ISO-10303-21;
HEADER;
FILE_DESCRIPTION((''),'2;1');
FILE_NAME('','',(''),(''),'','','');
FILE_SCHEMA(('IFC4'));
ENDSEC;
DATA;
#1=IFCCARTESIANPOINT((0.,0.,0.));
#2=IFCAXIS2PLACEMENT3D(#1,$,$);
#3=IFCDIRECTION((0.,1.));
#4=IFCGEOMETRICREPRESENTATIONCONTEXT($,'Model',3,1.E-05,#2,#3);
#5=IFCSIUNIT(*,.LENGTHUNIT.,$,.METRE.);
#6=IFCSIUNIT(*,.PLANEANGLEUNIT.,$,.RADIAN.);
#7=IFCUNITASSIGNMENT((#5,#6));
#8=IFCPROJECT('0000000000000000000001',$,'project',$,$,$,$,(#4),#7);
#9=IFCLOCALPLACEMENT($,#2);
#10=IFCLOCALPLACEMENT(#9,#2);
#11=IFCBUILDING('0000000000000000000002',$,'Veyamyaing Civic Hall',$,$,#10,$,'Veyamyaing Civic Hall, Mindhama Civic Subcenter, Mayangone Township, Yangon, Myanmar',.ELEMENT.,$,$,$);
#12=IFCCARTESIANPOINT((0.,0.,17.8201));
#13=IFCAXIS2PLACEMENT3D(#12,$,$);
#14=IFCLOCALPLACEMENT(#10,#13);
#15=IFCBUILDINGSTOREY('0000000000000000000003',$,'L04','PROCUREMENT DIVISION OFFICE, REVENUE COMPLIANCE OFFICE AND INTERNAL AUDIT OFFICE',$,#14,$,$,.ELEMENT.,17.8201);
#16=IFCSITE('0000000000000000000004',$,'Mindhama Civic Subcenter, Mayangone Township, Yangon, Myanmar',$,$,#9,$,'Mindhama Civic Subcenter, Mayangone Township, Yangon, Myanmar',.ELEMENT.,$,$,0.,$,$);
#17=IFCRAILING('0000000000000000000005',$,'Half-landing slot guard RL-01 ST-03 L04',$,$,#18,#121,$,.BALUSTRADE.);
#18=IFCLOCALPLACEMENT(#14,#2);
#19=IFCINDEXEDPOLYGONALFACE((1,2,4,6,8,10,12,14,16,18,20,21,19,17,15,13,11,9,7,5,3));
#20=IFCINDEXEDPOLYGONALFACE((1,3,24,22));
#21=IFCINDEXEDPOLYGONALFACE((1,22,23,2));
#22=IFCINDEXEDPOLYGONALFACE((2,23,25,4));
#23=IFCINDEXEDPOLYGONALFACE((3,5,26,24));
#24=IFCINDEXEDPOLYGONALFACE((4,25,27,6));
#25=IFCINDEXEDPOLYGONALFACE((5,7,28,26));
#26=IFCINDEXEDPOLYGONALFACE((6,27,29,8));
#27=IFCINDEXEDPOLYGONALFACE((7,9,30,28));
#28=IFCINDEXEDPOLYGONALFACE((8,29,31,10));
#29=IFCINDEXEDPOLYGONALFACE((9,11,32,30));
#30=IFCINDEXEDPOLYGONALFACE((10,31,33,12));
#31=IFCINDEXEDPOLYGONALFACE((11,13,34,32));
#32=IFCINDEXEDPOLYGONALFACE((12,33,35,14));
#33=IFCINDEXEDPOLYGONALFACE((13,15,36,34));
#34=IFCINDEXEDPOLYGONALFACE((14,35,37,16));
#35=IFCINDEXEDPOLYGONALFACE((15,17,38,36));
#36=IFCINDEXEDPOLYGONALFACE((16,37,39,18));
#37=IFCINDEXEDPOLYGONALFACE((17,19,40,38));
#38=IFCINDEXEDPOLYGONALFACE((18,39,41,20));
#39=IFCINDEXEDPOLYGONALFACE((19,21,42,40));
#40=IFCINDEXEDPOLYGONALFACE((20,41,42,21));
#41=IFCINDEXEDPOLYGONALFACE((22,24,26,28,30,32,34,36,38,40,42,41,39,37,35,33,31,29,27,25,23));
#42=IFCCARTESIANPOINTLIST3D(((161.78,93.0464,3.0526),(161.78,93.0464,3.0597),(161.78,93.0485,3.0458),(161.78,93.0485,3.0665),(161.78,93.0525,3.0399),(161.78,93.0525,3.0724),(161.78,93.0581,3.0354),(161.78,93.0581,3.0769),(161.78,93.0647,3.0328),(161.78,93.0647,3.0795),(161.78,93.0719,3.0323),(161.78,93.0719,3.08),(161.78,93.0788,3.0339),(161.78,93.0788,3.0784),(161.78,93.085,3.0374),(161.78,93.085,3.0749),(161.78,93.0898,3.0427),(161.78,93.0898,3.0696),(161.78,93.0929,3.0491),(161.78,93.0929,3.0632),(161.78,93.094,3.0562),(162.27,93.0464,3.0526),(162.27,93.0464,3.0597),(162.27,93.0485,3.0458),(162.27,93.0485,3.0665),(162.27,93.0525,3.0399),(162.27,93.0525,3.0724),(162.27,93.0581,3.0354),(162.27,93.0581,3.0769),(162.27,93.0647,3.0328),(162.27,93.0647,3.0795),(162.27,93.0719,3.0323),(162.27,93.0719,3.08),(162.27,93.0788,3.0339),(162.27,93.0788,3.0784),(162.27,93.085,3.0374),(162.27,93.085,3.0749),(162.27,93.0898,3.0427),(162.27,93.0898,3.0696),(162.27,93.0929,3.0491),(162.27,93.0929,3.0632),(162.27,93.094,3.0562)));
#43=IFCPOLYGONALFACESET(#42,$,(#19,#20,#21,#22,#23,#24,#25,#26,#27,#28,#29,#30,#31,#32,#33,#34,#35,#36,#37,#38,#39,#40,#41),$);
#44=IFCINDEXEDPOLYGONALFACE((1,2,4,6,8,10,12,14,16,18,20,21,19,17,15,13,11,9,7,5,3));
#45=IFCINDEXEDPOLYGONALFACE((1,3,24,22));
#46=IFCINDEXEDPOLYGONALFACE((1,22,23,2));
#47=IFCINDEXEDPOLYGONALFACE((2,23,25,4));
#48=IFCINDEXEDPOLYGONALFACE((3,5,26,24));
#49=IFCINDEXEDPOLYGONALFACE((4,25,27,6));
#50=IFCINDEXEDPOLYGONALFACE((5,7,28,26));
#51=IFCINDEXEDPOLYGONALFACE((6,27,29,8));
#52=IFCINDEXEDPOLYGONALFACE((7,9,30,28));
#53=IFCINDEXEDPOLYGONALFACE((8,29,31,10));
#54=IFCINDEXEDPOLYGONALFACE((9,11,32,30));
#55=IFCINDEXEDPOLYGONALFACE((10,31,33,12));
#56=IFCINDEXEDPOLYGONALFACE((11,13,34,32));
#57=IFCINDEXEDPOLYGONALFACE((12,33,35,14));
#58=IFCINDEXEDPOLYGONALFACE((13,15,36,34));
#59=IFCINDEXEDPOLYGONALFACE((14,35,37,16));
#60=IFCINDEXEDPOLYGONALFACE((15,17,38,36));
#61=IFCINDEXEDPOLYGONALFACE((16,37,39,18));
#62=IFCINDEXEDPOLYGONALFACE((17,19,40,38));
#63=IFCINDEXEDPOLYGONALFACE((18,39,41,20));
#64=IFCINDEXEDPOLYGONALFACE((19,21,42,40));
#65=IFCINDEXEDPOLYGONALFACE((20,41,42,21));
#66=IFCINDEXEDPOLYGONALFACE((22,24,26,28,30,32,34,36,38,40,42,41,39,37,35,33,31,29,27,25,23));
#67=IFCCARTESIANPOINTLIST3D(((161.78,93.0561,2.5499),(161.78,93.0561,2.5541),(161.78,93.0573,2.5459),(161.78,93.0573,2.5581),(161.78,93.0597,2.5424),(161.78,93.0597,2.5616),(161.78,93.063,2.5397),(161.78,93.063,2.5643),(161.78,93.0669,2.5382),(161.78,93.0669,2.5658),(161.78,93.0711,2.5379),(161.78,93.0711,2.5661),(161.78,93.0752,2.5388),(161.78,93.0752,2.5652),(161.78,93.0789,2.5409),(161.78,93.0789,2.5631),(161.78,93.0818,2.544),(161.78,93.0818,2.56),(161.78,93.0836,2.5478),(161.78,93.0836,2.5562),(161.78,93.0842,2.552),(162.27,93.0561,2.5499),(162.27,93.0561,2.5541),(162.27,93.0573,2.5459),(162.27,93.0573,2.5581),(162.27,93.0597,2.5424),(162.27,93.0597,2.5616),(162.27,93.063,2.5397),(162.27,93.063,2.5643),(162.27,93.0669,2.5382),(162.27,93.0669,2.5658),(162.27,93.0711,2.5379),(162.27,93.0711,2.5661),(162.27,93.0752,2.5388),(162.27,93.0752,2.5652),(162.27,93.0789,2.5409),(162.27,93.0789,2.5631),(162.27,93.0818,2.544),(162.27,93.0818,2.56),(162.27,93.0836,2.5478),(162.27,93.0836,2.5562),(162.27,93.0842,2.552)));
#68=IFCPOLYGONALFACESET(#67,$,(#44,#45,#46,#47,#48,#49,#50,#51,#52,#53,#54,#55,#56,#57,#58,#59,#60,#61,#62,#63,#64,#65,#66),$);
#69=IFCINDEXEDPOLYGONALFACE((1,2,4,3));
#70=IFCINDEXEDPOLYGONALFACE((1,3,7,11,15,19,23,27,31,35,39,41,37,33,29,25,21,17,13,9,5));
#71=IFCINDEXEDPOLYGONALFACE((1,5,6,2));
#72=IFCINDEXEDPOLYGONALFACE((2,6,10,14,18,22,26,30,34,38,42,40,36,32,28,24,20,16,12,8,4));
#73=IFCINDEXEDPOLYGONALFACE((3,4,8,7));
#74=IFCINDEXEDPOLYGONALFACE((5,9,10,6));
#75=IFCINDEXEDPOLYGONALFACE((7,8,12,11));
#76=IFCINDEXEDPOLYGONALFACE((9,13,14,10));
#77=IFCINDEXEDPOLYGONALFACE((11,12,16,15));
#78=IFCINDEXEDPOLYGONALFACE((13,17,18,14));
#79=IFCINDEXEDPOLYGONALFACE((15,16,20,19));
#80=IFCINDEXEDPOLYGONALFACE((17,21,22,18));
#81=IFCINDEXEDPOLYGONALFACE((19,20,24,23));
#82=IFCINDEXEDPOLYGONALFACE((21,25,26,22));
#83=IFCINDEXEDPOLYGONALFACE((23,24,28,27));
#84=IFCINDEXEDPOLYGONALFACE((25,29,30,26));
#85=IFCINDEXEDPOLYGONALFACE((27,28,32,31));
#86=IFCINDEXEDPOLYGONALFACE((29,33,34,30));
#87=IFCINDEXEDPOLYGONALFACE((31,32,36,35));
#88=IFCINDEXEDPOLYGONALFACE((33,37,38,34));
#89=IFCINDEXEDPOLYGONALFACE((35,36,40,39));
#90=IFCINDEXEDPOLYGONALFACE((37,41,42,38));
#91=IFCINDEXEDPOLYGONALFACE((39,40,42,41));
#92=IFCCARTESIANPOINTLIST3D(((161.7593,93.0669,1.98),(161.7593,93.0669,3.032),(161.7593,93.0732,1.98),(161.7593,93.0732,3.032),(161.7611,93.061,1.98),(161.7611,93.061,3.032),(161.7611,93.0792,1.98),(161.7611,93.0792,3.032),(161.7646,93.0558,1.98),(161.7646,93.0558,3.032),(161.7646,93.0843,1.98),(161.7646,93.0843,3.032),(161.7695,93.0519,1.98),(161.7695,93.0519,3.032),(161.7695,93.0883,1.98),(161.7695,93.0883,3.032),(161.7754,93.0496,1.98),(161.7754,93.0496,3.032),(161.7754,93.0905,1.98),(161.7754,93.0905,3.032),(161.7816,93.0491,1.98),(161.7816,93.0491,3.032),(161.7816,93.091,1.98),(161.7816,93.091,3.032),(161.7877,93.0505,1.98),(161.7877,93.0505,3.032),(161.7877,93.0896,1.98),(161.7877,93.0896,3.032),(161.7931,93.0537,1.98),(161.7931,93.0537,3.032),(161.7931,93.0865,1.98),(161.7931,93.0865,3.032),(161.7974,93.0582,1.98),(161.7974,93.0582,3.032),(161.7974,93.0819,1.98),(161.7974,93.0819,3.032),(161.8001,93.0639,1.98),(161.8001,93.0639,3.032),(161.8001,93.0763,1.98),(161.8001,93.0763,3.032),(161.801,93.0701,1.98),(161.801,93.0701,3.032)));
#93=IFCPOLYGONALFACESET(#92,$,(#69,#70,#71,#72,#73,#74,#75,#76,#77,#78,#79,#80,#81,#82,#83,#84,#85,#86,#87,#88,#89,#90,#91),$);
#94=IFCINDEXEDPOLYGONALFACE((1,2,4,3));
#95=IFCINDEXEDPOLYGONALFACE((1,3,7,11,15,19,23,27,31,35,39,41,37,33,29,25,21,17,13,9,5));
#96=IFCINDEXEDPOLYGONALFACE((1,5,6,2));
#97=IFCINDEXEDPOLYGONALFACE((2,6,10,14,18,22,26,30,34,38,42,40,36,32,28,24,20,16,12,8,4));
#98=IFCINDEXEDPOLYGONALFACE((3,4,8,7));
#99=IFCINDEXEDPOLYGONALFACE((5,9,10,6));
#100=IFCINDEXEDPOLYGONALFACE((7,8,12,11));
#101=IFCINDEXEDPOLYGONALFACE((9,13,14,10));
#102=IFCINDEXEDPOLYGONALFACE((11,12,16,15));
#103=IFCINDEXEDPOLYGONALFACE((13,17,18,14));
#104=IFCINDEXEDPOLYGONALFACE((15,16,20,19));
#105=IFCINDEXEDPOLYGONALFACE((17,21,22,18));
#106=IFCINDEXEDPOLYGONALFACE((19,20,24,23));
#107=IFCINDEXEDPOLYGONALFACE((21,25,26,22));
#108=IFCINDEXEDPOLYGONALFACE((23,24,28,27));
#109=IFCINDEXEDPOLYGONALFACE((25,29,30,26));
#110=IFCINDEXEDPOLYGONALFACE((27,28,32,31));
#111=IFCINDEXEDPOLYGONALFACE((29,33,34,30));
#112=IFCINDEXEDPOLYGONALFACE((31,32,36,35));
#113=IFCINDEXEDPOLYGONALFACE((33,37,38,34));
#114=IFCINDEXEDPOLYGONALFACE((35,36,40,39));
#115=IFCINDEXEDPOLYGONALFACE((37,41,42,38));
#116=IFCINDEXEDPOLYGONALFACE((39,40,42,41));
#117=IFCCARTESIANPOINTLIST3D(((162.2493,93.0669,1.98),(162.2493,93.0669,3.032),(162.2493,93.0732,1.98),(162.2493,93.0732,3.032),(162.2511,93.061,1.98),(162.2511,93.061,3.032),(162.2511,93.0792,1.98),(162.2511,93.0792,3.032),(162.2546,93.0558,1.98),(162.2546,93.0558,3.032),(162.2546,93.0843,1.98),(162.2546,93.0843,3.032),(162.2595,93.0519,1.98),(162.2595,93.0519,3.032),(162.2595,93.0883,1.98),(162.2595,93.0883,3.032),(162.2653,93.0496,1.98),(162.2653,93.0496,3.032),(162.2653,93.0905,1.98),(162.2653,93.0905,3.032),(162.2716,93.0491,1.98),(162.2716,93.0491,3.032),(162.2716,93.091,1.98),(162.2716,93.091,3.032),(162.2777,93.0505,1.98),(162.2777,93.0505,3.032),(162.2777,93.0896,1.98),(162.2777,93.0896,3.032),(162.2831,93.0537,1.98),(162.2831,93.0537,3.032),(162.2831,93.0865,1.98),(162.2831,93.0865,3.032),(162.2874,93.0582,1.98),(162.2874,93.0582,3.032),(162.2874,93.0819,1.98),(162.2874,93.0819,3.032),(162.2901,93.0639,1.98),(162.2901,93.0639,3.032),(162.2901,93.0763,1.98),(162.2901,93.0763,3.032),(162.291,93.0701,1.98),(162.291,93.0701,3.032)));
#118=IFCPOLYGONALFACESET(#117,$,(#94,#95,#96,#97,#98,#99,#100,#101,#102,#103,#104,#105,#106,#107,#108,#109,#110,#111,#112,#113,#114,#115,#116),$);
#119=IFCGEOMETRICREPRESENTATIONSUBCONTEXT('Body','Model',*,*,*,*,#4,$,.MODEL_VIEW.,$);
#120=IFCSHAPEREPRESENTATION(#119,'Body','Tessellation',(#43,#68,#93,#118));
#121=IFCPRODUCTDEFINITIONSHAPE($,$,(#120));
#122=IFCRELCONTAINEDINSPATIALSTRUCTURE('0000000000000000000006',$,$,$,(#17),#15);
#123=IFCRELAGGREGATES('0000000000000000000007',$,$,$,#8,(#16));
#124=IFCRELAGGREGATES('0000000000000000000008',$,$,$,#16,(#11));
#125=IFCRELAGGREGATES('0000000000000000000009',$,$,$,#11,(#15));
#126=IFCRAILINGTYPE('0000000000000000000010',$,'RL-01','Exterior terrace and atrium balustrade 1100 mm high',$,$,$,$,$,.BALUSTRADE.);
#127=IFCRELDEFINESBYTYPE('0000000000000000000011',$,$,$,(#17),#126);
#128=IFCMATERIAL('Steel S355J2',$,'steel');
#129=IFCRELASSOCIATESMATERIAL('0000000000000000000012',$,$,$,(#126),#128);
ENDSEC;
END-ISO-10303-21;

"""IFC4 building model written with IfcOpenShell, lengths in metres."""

from ifc_helpers import new_model, si_unit, direction, frame, origin, origin_2d, place, context, subcontext, project, spatial, circle, extrude, material, type_object, element, save


model = new_model("IFC4")

# Units and contexts
model_context = context("Model", 3, precision=1e-05, world=origin(), true_north=direction((0.0, 1.0)))
body_context = subcontext(model_context, "Body", "Model", "MODEL_VIEW")
ifc_project = project(units=[si_unit("LENGTHUNIT", "METRE"), si_unit("PLANEANGLEUNIT", "RADIAN")], contexts=[model_context])

# Site, building, storey
site_placement = place(None, origin())
site = spatial("IfcSite", under=ifc_project, at=site_placement, Name="Mindhama Civic Subcenter, Mayangone Township, Yangon, Myanmar", LongName="Mindhama Civic Subcenter, Mayangone Township, Yangon, Myanmar", CompositionType="ELEMENT", RefElevation=0.0)
building_placement = place(site_placement, origin())
building = spatial("IfcBuilding", under=site, at=building_placement, Name="Veyamyaing Civic Hall", LongName="Veyamyaing Civic Hall, Mindhama Civic Subcenter, Mayangone Township, Yangon, Myanmar", CompositionType="ELEMENT")
storey_placement = place(building_placement, frame((0.0, 0.0, 17.8201)))
storey = spatial("IfcBuildingStorey", under=building, at=storey_placement, Name="L04", Description="PROCUREMENT DIVISION OFFICE, REVENUE COMPLIANCE OFFICE AND INTERNAL AUDIT OFFICE", CompositionType="ELEMENT", Elevation=17.8201)

# Railing
ifc_material_1 = material(Name="Steel S355J2", Category="steel")
railing_type_1 = type_object("IfcRailingType", Name="RL-01", Description="Exterior terrace and atrium balustrade 1100 mm high", PredefinedType="BALUSTRADE", material=ifc_material_1)
railing_1_placement = place(storey_placement, frame((161.78, 93.0701, 1.98)))
element("IfcRailing", 1, at=railing_1_placement, inside=storey, type_object=railing_type_1, Name="Half-landing slot guard RL-01 ST-03 L04", PredefinedType="BALUSTRADE", context=body_context, shape_type="SweptSolid", body=[
    extrude(circle(Radius=0.0239, at=origin_2d()), frame((0.0, 0.0, 1.0762), z_axis=(1.0, 0.0, 0.0), x_axis=(0.0, 1.0, 0.0)), (0.0, 0.0, 1.0), 0.49),
    extrude(circle(Radius=0.0142, at=origin_2d()), frame((0.0, 0.0, 0.572), z_axis=(1.0, 0.0, 0.0), x_axis=(0.0, 1.0, 0.0)), (0.0, 0.0, 1.0), 0.49),
    extrude(circle(Radius=0.021, at=origin_2d()), origin(), (0.0, 0.0, 1.0), 1.052),
    extrude(circle(Radius=0.021, at=origin_2d()), frame((0.49, 0.0, 0.0)), (0.0, 0.0, 1.0), 1.052),
])

save(model, "model.ifc")
